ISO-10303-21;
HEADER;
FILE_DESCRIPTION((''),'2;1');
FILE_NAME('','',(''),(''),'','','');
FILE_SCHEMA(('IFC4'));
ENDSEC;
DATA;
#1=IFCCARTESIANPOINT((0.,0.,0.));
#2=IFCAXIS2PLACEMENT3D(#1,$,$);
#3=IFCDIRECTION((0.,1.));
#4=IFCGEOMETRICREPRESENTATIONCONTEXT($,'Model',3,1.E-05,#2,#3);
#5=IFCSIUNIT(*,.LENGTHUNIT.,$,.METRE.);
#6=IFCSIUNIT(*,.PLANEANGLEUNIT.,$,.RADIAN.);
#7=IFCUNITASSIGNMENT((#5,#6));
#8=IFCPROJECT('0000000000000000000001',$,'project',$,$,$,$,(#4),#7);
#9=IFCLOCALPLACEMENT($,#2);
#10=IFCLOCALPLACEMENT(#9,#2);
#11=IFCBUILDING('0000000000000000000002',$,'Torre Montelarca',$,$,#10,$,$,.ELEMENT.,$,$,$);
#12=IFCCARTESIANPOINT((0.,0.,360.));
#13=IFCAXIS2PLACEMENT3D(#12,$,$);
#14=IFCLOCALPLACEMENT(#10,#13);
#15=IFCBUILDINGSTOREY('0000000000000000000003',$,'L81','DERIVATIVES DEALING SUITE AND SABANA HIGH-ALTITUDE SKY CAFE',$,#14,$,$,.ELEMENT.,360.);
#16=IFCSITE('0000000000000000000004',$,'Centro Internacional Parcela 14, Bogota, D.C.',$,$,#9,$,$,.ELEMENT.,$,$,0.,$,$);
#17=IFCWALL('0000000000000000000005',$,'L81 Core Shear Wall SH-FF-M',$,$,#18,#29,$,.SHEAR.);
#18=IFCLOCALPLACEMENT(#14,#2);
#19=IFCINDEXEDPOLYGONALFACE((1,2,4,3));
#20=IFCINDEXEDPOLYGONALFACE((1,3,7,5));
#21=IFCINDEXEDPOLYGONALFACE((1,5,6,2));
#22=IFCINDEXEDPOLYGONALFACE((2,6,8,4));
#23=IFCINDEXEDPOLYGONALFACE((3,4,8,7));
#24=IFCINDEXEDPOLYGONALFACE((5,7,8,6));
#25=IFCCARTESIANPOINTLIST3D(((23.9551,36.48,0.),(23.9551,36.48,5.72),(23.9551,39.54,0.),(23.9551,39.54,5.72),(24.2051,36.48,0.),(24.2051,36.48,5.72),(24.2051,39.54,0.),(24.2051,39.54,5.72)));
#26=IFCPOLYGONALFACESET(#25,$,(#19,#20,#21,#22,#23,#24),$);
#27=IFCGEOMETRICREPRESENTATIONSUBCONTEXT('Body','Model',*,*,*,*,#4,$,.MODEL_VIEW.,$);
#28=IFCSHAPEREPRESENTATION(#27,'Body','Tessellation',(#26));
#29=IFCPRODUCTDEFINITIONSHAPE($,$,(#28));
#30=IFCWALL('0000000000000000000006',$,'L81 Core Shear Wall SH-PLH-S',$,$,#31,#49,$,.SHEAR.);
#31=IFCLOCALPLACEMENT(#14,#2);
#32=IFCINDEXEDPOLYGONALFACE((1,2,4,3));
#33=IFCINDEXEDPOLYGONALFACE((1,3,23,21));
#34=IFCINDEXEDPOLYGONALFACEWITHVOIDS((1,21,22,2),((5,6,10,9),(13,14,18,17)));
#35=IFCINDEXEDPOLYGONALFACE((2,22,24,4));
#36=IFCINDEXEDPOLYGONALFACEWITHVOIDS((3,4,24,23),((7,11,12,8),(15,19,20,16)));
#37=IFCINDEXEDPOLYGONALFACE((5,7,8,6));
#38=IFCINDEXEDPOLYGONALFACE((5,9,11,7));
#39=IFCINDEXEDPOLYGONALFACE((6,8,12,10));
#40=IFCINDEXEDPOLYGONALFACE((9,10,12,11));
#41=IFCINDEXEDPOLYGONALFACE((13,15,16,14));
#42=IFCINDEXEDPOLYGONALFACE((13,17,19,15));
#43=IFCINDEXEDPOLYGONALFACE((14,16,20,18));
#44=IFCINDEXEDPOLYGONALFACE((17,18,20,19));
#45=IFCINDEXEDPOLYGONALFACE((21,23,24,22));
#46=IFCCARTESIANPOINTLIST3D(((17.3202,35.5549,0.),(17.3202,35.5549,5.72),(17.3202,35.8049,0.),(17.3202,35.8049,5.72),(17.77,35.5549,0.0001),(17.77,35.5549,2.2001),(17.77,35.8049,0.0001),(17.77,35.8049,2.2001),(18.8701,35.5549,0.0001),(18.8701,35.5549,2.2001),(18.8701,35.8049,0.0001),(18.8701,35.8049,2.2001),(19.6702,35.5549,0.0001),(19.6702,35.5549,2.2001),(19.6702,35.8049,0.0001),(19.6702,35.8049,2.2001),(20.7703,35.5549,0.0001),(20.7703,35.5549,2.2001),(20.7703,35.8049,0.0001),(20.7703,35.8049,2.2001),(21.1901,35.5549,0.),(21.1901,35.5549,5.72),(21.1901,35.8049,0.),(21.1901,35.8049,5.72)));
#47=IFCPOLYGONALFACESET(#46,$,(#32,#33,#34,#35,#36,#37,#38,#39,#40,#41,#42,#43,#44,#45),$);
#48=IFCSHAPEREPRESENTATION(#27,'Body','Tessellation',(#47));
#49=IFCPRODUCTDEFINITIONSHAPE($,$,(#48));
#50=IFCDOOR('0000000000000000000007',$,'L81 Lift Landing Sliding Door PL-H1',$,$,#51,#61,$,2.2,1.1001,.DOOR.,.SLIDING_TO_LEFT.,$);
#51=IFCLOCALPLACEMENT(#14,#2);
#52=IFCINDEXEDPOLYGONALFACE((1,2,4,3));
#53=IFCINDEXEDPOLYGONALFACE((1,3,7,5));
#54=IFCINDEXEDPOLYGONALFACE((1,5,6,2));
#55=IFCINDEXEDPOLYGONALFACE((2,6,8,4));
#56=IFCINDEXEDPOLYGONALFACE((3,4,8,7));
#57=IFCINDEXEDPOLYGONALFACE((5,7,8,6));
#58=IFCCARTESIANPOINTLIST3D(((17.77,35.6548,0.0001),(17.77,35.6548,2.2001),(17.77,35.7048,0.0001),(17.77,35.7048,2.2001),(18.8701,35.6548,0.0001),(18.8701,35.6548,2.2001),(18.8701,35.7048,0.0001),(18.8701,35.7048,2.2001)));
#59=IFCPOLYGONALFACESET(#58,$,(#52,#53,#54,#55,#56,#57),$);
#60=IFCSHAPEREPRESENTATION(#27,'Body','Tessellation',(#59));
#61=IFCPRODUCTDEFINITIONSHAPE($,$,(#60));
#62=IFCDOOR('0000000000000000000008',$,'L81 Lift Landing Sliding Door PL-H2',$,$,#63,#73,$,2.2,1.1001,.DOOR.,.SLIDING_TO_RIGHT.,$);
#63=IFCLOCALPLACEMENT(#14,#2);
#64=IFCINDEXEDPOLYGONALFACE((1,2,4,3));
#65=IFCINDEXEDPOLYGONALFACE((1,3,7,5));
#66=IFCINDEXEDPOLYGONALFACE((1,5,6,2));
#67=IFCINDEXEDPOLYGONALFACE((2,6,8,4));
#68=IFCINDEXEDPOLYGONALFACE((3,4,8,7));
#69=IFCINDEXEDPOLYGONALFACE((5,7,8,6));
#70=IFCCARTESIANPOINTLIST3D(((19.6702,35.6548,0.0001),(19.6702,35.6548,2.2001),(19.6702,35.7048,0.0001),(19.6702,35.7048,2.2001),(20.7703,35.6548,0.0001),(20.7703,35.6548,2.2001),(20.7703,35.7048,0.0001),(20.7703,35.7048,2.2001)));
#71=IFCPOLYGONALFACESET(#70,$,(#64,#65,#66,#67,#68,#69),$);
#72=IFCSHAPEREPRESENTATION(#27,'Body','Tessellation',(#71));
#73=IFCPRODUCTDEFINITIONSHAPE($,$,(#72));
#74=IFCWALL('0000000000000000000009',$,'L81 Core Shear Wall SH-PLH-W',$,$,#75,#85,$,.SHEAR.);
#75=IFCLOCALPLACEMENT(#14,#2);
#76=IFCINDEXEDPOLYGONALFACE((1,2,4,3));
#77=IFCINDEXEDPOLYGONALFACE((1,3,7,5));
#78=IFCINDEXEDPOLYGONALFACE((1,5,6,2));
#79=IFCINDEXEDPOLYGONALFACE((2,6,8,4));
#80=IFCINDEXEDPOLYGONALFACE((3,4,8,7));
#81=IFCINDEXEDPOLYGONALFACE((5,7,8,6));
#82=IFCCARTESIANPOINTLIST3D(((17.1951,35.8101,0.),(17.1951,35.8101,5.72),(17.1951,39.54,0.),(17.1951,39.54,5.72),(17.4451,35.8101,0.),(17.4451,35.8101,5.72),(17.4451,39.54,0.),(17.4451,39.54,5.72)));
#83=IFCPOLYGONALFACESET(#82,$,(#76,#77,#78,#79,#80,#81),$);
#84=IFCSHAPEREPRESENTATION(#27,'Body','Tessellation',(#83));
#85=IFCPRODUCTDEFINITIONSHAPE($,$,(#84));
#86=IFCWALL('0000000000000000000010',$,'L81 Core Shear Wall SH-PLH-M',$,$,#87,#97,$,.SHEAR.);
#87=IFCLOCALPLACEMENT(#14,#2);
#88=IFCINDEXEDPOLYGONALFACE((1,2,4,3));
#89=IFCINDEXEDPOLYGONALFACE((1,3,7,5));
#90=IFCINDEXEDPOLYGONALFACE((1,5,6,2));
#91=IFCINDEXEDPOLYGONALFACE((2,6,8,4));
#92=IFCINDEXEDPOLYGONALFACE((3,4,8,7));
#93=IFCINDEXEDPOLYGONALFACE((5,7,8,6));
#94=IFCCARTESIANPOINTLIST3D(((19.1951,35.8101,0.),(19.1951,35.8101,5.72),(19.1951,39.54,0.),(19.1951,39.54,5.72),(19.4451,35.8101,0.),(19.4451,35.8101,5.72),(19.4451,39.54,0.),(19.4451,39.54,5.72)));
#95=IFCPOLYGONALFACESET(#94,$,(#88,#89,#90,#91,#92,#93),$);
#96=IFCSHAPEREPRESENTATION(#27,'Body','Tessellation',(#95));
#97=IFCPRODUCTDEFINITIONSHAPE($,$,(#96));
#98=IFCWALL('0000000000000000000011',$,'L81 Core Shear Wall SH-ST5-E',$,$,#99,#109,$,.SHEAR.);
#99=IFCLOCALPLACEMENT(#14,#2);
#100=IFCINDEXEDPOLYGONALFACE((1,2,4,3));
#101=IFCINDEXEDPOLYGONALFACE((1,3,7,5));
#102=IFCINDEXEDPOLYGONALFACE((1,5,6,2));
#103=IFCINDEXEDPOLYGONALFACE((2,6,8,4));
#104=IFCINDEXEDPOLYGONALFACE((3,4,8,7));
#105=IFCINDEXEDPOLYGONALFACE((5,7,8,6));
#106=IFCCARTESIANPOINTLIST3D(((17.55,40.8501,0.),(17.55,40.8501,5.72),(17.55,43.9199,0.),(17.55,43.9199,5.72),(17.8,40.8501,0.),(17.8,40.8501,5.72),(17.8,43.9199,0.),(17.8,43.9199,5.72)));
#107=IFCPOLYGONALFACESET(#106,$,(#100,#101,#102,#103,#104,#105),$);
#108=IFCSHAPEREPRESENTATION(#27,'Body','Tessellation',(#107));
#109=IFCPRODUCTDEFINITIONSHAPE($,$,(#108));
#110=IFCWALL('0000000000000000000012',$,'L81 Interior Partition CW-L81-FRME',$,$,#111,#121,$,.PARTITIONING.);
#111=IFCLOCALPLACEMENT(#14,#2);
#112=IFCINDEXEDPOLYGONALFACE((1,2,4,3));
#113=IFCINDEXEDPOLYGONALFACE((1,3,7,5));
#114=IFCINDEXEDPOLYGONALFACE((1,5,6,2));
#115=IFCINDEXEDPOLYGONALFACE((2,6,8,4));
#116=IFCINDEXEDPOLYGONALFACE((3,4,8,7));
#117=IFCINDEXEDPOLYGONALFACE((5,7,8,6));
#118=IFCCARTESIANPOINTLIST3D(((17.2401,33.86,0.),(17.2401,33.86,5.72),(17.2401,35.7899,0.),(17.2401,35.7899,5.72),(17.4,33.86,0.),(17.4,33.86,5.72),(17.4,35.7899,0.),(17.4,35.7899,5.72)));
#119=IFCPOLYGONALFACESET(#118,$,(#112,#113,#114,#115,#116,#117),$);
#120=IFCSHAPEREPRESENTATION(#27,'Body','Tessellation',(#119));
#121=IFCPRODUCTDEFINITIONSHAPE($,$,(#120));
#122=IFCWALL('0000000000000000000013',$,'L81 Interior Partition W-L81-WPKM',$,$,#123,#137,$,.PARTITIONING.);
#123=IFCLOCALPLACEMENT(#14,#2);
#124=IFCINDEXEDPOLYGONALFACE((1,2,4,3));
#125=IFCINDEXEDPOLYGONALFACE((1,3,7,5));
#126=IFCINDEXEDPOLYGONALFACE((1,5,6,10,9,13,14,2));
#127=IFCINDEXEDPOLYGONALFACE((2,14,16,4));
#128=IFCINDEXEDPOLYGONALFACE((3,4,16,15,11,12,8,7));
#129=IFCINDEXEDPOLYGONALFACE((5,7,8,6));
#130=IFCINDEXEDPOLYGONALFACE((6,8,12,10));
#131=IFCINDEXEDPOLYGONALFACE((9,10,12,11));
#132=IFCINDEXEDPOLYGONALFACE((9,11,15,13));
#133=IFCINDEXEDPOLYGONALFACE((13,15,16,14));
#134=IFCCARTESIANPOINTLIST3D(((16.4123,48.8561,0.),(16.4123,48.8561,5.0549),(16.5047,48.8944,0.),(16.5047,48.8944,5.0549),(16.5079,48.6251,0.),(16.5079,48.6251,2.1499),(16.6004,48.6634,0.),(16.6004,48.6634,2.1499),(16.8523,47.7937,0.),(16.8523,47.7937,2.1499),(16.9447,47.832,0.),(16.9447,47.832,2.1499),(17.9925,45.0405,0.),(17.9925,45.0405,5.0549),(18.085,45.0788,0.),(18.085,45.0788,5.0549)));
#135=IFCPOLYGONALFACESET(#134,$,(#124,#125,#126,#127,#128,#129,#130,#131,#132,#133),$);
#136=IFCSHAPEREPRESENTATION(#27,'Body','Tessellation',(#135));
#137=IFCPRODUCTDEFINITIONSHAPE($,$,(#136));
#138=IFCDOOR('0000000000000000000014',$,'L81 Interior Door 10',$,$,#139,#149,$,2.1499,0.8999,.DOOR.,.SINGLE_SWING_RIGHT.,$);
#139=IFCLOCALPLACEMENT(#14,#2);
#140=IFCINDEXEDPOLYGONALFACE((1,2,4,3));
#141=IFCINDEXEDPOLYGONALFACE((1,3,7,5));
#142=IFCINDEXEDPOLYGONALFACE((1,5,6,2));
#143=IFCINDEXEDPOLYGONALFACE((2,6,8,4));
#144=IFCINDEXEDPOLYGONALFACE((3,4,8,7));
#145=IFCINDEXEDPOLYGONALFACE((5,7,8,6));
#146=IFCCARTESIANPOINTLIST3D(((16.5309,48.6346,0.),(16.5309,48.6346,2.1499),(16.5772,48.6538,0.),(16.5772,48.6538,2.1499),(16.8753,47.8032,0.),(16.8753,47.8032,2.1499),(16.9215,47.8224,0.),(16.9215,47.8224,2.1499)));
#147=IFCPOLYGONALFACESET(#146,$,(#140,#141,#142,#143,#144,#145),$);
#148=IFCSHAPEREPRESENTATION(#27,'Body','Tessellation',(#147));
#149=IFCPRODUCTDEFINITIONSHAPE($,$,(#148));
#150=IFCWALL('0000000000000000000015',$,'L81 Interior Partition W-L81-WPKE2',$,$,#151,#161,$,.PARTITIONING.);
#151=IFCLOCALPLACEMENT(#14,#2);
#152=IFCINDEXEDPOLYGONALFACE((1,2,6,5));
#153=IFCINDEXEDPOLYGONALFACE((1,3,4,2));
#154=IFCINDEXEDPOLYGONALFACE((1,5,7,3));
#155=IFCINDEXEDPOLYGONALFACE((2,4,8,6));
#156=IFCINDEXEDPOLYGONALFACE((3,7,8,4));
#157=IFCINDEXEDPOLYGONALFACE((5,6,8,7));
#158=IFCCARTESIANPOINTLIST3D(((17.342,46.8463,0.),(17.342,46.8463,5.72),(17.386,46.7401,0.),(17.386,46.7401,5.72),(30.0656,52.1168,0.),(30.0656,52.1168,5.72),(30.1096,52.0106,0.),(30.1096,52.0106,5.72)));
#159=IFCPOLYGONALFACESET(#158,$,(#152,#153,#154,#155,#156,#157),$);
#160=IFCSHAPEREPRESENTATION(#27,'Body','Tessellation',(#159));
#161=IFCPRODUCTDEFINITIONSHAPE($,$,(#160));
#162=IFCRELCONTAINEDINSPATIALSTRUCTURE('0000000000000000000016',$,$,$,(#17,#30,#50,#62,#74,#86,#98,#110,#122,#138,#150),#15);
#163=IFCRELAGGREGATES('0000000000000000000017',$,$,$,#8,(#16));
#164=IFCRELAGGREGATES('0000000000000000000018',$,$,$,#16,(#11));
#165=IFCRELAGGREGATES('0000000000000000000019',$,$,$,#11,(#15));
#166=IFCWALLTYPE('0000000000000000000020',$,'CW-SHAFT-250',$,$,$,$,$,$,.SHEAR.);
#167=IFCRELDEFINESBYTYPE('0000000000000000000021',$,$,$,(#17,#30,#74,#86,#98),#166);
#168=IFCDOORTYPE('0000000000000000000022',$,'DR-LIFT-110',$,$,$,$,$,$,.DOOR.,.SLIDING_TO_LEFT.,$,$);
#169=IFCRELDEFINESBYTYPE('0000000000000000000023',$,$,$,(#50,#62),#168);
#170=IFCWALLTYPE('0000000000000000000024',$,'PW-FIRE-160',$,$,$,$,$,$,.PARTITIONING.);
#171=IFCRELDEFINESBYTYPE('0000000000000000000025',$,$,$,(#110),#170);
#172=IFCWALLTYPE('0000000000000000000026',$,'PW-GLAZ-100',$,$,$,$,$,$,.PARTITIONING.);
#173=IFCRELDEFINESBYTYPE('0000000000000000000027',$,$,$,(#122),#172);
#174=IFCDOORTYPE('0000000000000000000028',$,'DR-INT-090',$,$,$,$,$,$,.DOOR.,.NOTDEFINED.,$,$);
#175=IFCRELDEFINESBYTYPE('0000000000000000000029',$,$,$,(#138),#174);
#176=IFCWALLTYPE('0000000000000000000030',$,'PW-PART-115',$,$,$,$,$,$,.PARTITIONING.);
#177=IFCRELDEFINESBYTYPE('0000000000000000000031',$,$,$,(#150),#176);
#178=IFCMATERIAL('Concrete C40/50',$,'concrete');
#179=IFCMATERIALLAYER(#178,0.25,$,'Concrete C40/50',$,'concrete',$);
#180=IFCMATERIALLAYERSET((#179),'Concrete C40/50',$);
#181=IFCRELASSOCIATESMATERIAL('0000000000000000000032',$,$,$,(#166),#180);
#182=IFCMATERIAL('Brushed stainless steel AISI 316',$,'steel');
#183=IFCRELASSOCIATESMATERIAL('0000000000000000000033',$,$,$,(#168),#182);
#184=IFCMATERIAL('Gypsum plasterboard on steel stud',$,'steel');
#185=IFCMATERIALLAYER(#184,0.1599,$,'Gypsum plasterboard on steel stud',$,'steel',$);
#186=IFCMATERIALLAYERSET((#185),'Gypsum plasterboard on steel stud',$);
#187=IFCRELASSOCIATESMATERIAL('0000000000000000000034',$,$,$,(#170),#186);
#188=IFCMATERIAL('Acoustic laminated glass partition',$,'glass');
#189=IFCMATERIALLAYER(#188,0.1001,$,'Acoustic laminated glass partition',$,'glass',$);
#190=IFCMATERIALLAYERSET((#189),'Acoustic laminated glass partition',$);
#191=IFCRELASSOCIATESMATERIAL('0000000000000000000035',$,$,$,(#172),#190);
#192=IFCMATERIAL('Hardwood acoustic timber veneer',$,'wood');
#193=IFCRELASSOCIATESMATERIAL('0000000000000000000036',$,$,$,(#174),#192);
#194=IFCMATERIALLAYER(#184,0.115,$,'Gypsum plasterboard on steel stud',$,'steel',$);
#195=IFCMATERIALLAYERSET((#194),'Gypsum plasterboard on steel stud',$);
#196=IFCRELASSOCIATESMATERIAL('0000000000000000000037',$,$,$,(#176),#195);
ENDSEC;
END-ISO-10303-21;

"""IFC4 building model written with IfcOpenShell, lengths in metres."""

from ifc_helpers import new_model, si_unit, direction, frame, frame_2d, origin, place, context, subcontext, project, spatial, rectangle, extrude, source, transform, mapped, material, layer, layer_set, type_object, element, fill, save


model = new_model("IFC4")

# Units and contexts
model_context = context("Model", 3, precision=1e-05, world=origin(), true_north=direction((0.0, 1.0)))
body_context = subcontext(model_context, "Body", "Model", "MODEL_VIEW")
ifc_project = project(units=[si_unit("LENGTHUNIT", "METRE"), si_unit("PLANEANGLEUNIT", "RADIAN")], contexts=[model_context])

# Site, building, storey
site_placement = place(None, origin())
site = spatial("IfcSite", under=ifc_project, at=site_placement, Name="Centro Internacional Parcela 14, Bogota, D.C.", CompositionType="ELEMENT", RefElevation=0.0)
building_placement = place(site_placement, origin())
building = spatial("IfcBuilding", under=site, at=building_placement, Name="Torre Montelarca", CompositionType="ELEMENT")
storey_placement = place(building_placement, frame((0.0, 0.0, 360.0)))
storey = spatial("IfcBuildingStorey", under=building, at=storey_placement, Name="L81", Description="DERIVATIVES DEALING SUITE AND SABANA HIGH-ALTITUDE SKY CAFE", CompositionType="ELEMENT", Elevation=360.0)

# Shared definitions
ifc_material_1 = material(Name="Concrete C40/50", Category="concrete")

# Shared definitions
ifc_layer_1 = layer(ifc_material_1, 0.25, Name="Concrete C40/50", Category="concrete")
ifc_layer_set_1 = layer_set([ifc_layer_1], Name="Concrete C40/50")
wall_type_1 = type_object("IfcWallType", Name="CW-SHAFT-250", PredefinedType="SHEAR", material=ifc_layer_set_1)
ifc_material_2 = material(Name="Brushed stainless steel AISI 316", Category="steel")

# Wall
wall_1_placement = place(storey_placement, frame((24.0801, 36.48, 0.0), z_axis=(0.0, 0.0, 1.0), x_axis=(0.0, 1.0, 0.0)))
element("IfcWall", 1, at=wall_1_placement, inside=storey, type_object=wall_type_1, Name="L81 Core Shear Wall SH-FF-M", PredefinedType="SHEAR", context=body_context, shape_type="SweptSolid", body=[
    extrude(rectangle(XDim=3.0601, YDim=0.25, at=frame_2d((1.53, 0.0))), origin(), (0.0, 0.0, 1.0), 5.72),
])

# Wall, openings, doors
wall_2_placement = place(storey_placement, frame((17.3201, 35.6799, 0.0), z_axis=(0.0, 0.0, 1.0), x_axis=(1.0, 0.0, 0.0)))
wall_2 = element("IfcWall", 2, at=wall_2_placement, inside=storey, type_object=wall_type_1, Name="L81 Core Shear Wall SH-PLH-S", PredefinedType="SHEAR", context=body_context, shape_type="SweptSolid", body=[
    extrude(rectangle(XDim=3.8699, YDim=0.25, at=frame_2d((1.9351, 0.0))), origin(), (0.0, 0.0, 1.0), 5.72),
])
opening_1_placement = place(wall_2_placement, frame((0.45, 0.0, 0.0)))
opening_1 = element("IfcOpeningElement", 3, at=opening_1_placement, cuts=wall_2, PredefinedType="OPENING", context=body_context, shape_type="SweptSolid", body=[
    extrude(rectangle(XDim=1.1001, YDim=2.2, at=frame_2d((0.55, 1.1001))), frame((0.0, 0.135, 0.0), z_axis=(0.0, -1.0, 0.0), x_axis=(1.0, 0.0, 0.0)), (0.0, 0.0, 1.0), 0.27),
])
opening_2_placement = place(wall_2_placement, frame((2.3501, 0.0, 0.0)))
opening_2 = element("IfcOpeningElement", 4, at=opening_2_placement, cuts=wall_2, PredefinedType="OPENING", context=body_context, shape_type="SweptSolid", body=[
    extrude(rectangle(XDim=1.1001, YDim=2.2, at=frame_2d((0.55, 1.1001))), frame((0.0, 0.135, 0.0), z_axis=(0.0, -1.0, 0.0), x_axis=(1.0, 0.0, 0.0)), (0.0, 0.0, 1.0), 0.27),
])
door_type_1 = type_object("IfcDoorType", Name="DR-LIFT-110", OperationType="SLIDING_TO_LEFT", PredefinedType="DOOR", material=ifc_material_2)
shared_shape_1 = source(origin(), body_context, "Body", "SweptSolid", [
    extrude(rectangle(XDim=1.1001, YDim=2.2, at=frame_2d((0.55, 1.1001))), frame((0.0, 0.0249, 0.0), z_axis=(0.0, -1.0, 0.0), x_axis=(1.0, 0.0, 0.0)), (0.0, 0.0, 1.0), 0.05),
])
door_1_placement = place(opening_1_placement, origin())
door_1 = element("IfcDoor", 5, at=door_1_placement, inside=storey, type_object=door_type_1, Name="L81 Lift Landing Sliding Door PL-H1", OperationType="SLIDING_TO_LEFT", OverallHeight=2.2, OverallWidth=1.1001, PredefinedType="DOOR", context=body_context, shape_type="MappedRepresentation", body=[
    mapped(shared_shape_1, transform((0.0, 0.0, 0.0), scale=1.0)),
])
fill(opening_1, door_1)
door_2_placement = place(opening_2_placement, origin())
door_2 = element("IfcDoor", 6, at=door_2_placement, inside=storey, type_object=door_type_1, Name="L81 Lift Landing Sliding Door PL-H2", OperationType="SLIDING_TO_RIGHT", OverallHeight=2.2, OverallWidth=1.1001, PredefinedType="DOOR", context=body_context, shape_type="MappedRepresentation", body=[
    mapped(shared_shape_1, transform((0.0, 0.0, 0.0), scale=1.0)),
])
fill(opening_2, door_2)

# Walls
for number, where, z_axis, x_axis, name in (
    (7, (17.3201, 35.8101, 0.0), (0.0, 0.0, 1.0), (0.0, 1.0, 0.0), "L81 Core Shear Wall SH-PLH-W"),
    (8, (19.3201, 35.8101, 0.0), (0.0, 0.0, 1.0), (0.0, 1.0, 0.0), "L81 Core Shear Wall SH-PLH-M"),
):
    element("IfcWall", number, at=place(storey_placement, frame(where, z_axis=z_axis, x_axis=x_axis)), inside=storey, type_object=wall_type_1, Name=name, PredefinedType="SHEAR", context=body_context, shape_type="SweptSolid", body=[
        extrude(rectangle(XDim=3.73, YDim=0.25, at=frame_2d((1.865, 0.0))), origin(), (0.0, 0.0, 1.0), 5.72),
    ])
wall_3_placement = place(storey_placement, frame((17.675, 40.8501, 0.0), z_axis=(0.0, 0.0, 1.0), x_axis=(0.0, 1.0, 0.0)))
element("IfcWall", 9, at=wall_3_placement, inside=storey, type_object=wall_type_1, Name="L81 Core Shear Wall SH-ST5-E", PredefinedType="SHEAR", context=body_context, shape_type="SweptSolid", body=[
    extrude(rectangle(XDim=3.0698, YDim=0.25, at=frame_2d((1.5349, 0.0))), origin(), (0.0, 0.0, 1.0), 5.72),
])
ifc_material_3 = material(Name="Gypsum plasterboard on steel stud", Category="steel")
ifc_layer_2 = layer(ifc_material_3, 0.1599, Name="Gypsum plasterboard on steel stud", Category="steel")
ifc_layer_set_2 = layer_set([ifc_layer_2], Name="Gypsum plasterboard on steel stud")
wall_type_2 = type_object("IfcWallType", Name="PW-FIRE-160", PredefinedType="PARTITIONING", material=ifc_layer_set_2)
wall_4_placement = place(storey_placement, frame((17.3201, 33.8601, 0.0), z_axis=(0.0, 0.0, 1.0), x_axis=(0.0, 1.0, 0.0)))
element("IfcWall", 10, at=wall_4_placement, inside=storey, type_object=wall_type_2, Name="L81 Interior Partition CW-L81-FRME", PredefinedType="PARTITIONING", context=body_context, shape_type="SweptSolid", body=[
    extrude(rectangle(XDim=1.9299, YDim=0.1599, at=frame_2d((0.9648, 0.0))), origin(), (0.0, 0.0, 1.0), 5.72),
])

# Wall, opening, door
ifc_material_4 = material(Name="Acoustic laminated glass partition", Category="glass")
ifc_layer_3 = layer(ifc_material_4, 0.1001, Name="Acoustic laminated glass partition", Category="glass")
ifc_layer_set_3 = layer_set([ifc_layer_3], Name="Acoustic laminated glass partition")
wall_type_3 = type_object("IfcWallType", Name="PW-GLAZ-100", PredefinedType="PARTITIONING", material=ifc_layer_set_3)
wall_5_placement = place(storey_placement, frame((16.4585, 48.8752, 0.0), z_axis=(0.0, 0.0, 1.0), x_axis=(0.382646, -0.923895, 0.0)))
wall_5 = element("IfcWall", 11, at=wall_5_placement, inside=storey, type_object=wall_type_3, Name="L81 Interior Partition W-L81-WPKM", PredefinedType="PARTITIONING", context=body_context, shape_type="SweptSolid", body=[
    extrude(rectangle(XDim=4.1299, YDim=0.1001, at=frame_2d((2.0649, 0.0))), origin(), (0.0, 0.0, 1.0), 5.0549),
])
opening_3_placement = place(wall_5_placement, frame((0.25, 0.0, 0.0)))
opening_3 = element("IfcOpeningElement", 12, at=opening_3_placement, cuts=wall_5, PredefinedType="OPENING", context=body_context, shape_type="SweptSolid", body=[
    extrude(rectangle(XDim=0.8999, YDim=2.1499, at=frame_2d((0.45, 1.075))), frame((0.0, 0.0601, 0.0), z_axis=(0.0, -1.0, 0.0), x_axis=(1.0, 0.0, 0.0)), (0.0, 0.0, 1.0), 0.1201),
])
ifc_material_5 = material(Name="Hardwood acoustic timber veneer", Category="wood")
door_type_2 = type_object("IfcDoorType", Name="DR-INT-090", OperationType="NOTDEFINED", PredefinedType="DOOR", material=ifc_material_5)
shared_shape_2 = source(origin(), body_context, "Body", "SweptSolid", [
    extrude(rectangle(XDim=0.8999, YDim=2.1499, at=frame_2d((0.45, 1.075))), frame((0.0, 0.0249, 0.0), z_axis=(0.0, -1.0, 0.0), x_axis=(1.0, 0.0, 0.0)), (0.0, 0.0, 1.0), 0.05),
])
door_3_placement = place(opening_3_placement, origin())
door_3 = element("IfcDoor", 13, at=door_3_placement, inside=storey, type_object=door_type_2, Name="L81 Interior Door 10", OperationType="SINGLE_SWING_RIGHT", OverallHeight=2.1499, OverallWidth=0.8999, PredefinedType="DOOR", context=body_context, shape_type="MappedRepresentation", body=[
    mapped(shared_shape_2, transform((0.0, 0.0, 0.0), scale=1.0)),
])
fill(opening_3, door_3)

# Wall
ifc_layer_4 = layer(ifc_material_3, 0.115, Name="Gypsum plasterboard on steel stud", Category="steel")
ifc_layer_set_4 = layer_set([ifc_layer_4], Name="Gypsum plasterboard on steel stud")
wall_type_4 = type_object("IfcWallType", Name="PW-PART-115", PredefinedType="PARTITIONING", material=ifc_layer_set_4)
wall_6_placement = place(storey_placement, frame((17.364, 46.7932, 0.0), z_axis=(0.0, 0.0, 1.0), x_axis=(0.923874, 0.382696, 0.0)))
element("IfcWall", 14, at=wall_6_placement, inside=storey, type_object=wall_type_4, Name="L81 Interior Partition W-L81-WPKE2", PredefinedType="PARTITIONING", context=body_context, shape_type="SweptSolid", body=[
    extrude(rectangle(XDim=13.772, YDim=0.115, at=frame_2d((6.886, 0.0))), origin(), (0.0, 0.0, 1.0), 5.72),
])

save(model, "model.ifc")
